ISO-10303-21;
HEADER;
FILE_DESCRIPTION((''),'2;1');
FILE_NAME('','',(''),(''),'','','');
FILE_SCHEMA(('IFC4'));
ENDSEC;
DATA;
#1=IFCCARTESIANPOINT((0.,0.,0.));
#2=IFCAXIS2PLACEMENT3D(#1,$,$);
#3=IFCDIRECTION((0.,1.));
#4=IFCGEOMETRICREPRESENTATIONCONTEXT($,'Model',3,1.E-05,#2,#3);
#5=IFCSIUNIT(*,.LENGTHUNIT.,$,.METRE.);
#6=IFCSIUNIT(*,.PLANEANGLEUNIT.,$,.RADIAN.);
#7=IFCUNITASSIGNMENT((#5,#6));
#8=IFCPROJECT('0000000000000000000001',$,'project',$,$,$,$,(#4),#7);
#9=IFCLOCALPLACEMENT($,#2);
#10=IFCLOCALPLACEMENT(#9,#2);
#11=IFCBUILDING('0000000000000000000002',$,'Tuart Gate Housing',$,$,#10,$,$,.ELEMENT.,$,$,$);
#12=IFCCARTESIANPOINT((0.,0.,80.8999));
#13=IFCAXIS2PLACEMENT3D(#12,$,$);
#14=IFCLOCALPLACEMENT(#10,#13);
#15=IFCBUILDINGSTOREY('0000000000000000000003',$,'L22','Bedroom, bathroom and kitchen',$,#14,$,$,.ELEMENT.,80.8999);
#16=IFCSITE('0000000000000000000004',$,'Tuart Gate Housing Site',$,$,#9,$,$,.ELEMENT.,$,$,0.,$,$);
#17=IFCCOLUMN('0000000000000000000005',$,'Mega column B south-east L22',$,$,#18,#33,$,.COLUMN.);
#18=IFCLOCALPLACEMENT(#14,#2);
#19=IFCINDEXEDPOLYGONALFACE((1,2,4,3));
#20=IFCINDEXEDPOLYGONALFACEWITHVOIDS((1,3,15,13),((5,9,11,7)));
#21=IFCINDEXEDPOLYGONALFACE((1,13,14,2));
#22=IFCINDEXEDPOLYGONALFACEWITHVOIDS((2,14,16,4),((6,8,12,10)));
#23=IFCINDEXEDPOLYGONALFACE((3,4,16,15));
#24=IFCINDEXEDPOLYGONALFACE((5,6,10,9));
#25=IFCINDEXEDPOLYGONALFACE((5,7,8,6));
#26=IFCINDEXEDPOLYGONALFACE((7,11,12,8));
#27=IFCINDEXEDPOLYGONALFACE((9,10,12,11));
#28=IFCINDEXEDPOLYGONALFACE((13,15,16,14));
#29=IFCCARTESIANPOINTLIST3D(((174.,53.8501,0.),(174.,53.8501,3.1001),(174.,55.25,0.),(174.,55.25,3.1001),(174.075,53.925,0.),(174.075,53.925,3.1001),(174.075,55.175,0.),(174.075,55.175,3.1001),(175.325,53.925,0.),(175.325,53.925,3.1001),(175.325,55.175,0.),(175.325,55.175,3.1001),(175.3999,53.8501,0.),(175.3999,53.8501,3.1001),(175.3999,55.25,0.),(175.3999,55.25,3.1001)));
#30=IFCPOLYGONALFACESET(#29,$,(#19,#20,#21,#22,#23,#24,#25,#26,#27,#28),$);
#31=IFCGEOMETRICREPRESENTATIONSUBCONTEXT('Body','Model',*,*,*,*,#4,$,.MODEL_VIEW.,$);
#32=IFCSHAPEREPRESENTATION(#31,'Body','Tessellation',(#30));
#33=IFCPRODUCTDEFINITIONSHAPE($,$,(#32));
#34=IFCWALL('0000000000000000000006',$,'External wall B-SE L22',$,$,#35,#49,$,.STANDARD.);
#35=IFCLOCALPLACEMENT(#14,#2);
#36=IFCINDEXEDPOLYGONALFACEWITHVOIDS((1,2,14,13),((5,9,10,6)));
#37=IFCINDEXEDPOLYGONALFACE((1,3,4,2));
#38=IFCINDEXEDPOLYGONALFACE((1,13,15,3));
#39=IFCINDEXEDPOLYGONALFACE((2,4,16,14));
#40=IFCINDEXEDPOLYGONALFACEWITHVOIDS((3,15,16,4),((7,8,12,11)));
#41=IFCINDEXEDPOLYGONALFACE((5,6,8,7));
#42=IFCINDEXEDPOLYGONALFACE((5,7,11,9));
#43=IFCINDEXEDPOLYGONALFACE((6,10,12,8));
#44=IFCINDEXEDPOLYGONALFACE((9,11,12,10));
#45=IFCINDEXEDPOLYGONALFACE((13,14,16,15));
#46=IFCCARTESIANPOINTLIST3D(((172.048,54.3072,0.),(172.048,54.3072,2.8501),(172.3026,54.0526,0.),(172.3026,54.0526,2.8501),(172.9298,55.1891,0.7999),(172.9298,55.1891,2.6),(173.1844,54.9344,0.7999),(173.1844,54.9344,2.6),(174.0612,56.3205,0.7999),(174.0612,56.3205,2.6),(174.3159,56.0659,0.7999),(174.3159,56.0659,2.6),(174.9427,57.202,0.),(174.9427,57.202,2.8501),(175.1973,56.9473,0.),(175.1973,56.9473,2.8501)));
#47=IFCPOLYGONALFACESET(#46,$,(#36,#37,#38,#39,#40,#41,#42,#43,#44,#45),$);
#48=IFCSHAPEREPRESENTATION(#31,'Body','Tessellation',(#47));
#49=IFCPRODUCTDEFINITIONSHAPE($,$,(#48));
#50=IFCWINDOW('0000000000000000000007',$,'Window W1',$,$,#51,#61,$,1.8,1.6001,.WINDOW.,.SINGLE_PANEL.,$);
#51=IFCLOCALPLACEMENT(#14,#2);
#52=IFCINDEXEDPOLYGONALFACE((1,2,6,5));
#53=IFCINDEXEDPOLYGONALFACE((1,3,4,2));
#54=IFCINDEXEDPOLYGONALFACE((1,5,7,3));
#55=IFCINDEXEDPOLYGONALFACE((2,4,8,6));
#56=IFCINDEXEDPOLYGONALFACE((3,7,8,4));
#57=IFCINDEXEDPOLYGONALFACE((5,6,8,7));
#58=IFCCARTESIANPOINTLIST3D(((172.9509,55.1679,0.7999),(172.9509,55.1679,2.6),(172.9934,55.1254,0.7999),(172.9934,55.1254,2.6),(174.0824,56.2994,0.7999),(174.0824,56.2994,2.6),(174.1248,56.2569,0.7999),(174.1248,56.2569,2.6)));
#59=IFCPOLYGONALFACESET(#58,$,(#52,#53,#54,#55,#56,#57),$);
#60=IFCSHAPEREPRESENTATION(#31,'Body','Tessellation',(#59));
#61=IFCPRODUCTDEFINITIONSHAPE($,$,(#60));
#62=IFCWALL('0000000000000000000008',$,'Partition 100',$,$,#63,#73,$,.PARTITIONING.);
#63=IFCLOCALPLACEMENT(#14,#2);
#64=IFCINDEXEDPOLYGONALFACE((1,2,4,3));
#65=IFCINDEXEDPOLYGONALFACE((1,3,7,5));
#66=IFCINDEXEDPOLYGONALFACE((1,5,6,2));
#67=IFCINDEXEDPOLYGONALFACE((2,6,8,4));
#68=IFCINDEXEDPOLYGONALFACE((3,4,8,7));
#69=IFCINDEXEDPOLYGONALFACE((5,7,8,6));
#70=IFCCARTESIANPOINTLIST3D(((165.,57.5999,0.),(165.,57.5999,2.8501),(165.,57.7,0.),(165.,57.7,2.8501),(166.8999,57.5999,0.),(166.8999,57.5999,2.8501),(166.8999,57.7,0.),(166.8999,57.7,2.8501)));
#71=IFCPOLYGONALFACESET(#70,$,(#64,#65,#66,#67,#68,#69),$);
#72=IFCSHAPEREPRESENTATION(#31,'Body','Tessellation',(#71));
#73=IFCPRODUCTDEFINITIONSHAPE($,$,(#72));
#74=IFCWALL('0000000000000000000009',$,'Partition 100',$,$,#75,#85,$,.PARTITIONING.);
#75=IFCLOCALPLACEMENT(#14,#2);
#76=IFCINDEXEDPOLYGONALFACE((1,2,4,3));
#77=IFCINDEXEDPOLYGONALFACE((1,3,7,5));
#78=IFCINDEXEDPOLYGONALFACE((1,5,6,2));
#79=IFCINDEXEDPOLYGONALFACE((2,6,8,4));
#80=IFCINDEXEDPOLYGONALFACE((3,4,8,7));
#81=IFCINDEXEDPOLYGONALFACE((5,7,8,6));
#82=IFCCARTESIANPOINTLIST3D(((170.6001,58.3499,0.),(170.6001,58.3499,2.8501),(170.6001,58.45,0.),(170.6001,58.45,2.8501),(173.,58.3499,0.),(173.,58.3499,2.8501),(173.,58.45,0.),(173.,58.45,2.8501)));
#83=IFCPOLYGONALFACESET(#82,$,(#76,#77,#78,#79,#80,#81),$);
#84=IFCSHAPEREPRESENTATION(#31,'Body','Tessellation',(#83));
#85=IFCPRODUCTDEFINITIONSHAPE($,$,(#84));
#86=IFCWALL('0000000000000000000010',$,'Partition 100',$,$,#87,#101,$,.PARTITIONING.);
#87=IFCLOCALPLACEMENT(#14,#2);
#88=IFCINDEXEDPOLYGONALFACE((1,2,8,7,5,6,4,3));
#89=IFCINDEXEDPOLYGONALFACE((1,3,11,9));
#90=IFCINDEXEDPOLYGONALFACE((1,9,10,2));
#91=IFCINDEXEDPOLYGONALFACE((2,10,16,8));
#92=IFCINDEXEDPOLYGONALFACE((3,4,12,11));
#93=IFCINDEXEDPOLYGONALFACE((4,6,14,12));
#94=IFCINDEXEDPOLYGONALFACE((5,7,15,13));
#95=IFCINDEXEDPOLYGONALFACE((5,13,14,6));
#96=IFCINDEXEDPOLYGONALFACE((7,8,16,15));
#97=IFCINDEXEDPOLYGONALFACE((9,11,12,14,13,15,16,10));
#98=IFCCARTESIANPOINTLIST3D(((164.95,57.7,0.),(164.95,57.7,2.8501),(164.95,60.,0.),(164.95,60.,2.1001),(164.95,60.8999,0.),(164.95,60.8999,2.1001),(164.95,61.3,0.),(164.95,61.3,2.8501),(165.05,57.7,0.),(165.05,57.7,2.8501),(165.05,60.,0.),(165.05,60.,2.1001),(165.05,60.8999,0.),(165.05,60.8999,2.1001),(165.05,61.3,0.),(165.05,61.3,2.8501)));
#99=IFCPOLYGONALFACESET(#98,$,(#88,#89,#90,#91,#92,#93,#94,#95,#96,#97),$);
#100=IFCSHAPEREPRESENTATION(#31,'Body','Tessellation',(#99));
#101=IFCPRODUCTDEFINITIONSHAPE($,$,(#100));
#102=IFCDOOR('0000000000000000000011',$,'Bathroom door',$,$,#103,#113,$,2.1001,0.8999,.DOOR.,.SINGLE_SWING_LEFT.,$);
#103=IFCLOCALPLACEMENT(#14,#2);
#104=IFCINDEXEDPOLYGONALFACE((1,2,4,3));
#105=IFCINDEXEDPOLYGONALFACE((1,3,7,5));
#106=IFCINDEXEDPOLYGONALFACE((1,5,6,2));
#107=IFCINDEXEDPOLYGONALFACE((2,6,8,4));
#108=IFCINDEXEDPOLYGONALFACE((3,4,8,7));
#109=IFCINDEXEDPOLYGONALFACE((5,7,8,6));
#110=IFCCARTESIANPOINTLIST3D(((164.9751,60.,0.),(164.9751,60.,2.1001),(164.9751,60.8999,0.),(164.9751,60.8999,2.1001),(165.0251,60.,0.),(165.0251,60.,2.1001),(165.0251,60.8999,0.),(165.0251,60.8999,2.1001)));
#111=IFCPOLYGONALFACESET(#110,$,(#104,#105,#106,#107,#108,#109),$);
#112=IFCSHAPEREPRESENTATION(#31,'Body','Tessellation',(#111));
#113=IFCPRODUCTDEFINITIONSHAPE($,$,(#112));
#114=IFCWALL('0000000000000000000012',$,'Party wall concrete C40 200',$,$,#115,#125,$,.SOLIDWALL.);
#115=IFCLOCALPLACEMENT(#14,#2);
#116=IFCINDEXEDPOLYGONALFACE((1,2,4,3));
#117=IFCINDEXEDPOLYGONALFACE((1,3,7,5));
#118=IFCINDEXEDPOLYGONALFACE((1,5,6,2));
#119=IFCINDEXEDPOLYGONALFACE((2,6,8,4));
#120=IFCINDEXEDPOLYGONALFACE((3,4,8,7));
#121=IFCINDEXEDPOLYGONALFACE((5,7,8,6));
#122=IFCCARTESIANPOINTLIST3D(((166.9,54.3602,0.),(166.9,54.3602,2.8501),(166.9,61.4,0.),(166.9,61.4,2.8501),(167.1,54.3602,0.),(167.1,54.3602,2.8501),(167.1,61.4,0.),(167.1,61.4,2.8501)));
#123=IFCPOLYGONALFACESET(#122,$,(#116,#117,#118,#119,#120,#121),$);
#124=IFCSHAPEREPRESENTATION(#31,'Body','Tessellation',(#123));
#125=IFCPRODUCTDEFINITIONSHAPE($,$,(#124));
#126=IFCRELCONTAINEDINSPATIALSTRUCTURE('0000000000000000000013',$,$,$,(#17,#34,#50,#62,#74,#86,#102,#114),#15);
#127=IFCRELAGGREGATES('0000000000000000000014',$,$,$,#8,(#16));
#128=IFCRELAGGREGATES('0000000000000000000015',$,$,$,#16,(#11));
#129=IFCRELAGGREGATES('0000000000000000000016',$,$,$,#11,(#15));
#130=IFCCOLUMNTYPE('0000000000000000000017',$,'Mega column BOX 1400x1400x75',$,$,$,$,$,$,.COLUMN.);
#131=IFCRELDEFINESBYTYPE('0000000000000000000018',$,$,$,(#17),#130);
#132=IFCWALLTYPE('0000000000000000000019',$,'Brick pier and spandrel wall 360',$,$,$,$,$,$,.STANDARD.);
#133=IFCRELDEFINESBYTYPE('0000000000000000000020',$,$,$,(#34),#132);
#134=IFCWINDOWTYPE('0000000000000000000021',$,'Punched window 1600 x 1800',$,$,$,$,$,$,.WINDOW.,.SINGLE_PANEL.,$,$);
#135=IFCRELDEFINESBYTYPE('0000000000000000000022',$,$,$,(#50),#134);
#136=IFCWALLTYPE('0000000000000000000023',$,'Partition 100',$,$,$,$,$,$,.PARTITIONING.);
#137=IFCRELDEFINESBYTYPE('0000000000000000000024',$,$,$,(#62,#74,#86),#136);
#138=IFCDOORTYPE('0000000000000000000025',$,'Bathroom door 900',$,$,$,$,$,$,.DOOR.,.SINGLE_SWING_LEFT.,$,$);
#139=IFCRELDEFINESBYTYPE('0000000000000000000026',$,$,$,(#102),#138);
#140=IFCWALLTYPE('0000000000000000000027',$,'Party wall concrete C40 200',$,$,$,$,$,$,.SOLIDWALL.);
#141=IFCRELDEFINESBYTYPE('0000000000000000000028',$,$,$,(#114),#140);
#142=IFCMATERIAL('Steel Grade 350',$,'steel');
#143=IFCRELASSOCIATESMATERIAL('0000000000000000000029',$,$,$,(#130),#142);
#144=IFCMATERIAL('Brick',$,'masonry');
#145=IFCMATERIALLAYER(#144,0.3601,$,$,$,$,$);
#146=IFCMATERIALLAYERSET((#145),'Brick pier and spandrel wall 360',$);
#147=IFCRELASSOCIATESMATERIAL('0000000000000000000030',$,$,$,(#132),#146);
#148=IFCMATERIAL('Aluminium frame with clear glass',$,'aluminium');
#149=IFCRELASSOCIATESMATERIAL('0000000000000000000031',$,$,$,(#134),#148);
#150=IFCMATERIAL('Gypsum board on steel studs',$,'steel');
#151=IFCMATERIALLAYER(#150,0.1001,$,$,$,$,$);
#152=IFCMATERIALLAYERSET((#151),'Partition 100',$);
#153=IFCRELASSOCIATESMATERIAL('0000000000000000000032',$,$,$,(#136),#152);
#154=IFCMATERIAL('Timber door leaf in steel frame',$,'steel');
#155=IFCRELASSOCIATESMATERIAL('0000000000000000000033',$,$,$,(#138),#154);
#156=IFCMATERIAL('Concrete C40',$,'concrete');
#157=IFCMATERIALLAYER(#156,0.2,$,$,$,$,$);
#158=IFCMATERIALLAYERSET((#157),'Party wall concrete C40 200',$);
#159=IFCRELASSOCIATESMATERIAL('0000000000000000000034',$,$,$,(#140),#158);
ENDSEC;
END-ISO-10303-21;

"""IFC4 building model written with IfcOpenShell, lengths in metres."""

from ifc_helpers import new_model, si_unit, direction, frame, frame_2d, origin, origin_2d, place, context, subcontext, project, spatial, rectangle, hollow_rectangle, extrude, material, layer, layer_set, material_profile, profile_set, type_object, element, fill, save


model = new_model("IFC4")

# Units and contexts
model_context = context("Model", 3, precision=1e-05, world=origin(), true_north=direction((0.0, 1.0)))
body_context = subcontext(model_context, "Body", "Model", "MODEL_VIEW")
ifc_project = project(units=[si_unit("LENGTHUNIT", "METRE"), si_unit("PLANEANGLEUNIT", "RADIAN")], contexts=[model_context])

# Site, building, storey
site_placement = place(None, origin())
site = spatial("IfcSite", under=ifc_project, at=site_placement, Name="Tuart Gate Housing Site", CompositionType="ELEMENT", RefElevation=0.0)
building_placement = place(site_placement, origin())
building = spatial("IfcBuilding", under=site, at=building_placement, Name="Tuart Gate Housing", CompositionType="ELEMENT")
storey_placement = place(building_placement, frame((0.0, 0.0, 80.8999)))
storey = spatial("IfcBuildingStorey", under=building, at=storey_placement, Name="L22", Description="Bedroom, bathroom and kitchen", CompositionType="ELEMENT", Elevation=80.8999)

# Column
ifc_material_1 = material(Name="Steel Grade 350", Category="steel")
ifc_material_profile = material_profile(ifc_material_1, hollow_rectangle(XDim=1.3999, YDim=1.3999, WallThickness=0.075, at=origin_2d()), Name="BOX 1400x1400x75")
ifc_profile_set = profile_set([ifc_material_profile], Name="Steel Grade 350")
column_type = type_object("IfcColumnType", Name="Mega column BOX 1400x1400x75", PredefinedType="COLUMN", material=ifc_profile_set)
column_placement = place(storey_placement, frame((174.7, 54.55, 0.0), z_axis=(0.0, 0.0, 1.0), x_axis=(1.0, 0.0, 0.0)))
element("IfcColumn", 1, at=column_placement, inside=storey, type_object=column_type, Name="Mega column B south-east L22", PredefinedType="COLUMN", context=body_context, shape_type="SweptSolid", body=[
    extrude(hollow_rectangle(XDim=1.3999, YDim=1.3999, WallThickness=0.075, at=origin_2d()), origin(), (0.0, 0.0, 1.0), 3.1001),
])

# Wall, opening, window
ifc_material_2 = material(Name="Brick", Category="masonry")
ifc_layer_1 = layer(ifc_material_2, 0.3601)
ifc_layer_set_1 = layer_set([ifc_layer_1], Name="Brick pier and spandrel wall 360")
wall_type_1 = type_object("IfcWallType", Name="Brick pier and spandrel wall 360", PredefinedType="STANDARD", material=ifc_layer_set_1)
wall_1_placement = place(storey_placement, frame((172.1753, 54.1799, 0.0), z_axis=(0.0, 0.0, 1.0), x_axis=(0.707107, 0.707107, 0.0)))
wall_1 = element("IfcWall", 2, at=wall_1_placement, inside=storey, type_object=wall_type_1, Name="External wall B-SE L22", PredefinedType="STANDARD", context=body_context, shape_type="SweptSolid", body=[
    extrude(rectangle(XDim=4.0938, YDim=0.3601, at=frame_2d((2.0469, 0.0))), origin(), (0.0, 0.0, 1.0), 2.8501),
])
opening_1_placement = place(wall_1_placement, frame((1.2471, 0.0, 0.8)))
opening_1 = element("IfcOpeningElement", 3, at=opening_1_placement, cuts=wall_1, PredefinedType="OPENING", context=body_context, shape_type="SweptSolid", body=[
    extrude(rectangle(XDim=1.6001, YDim=1.8, at=frame_2d((0.8, 0.8999))), frame((0.0, 0.1899, 0.0), z_axis=(0.0, -1.0, 0.0), x_axis=(1.0, 0.0, 0.0)), (0.0, 0.0, 1.0), 0.3801),
])
ifc_material_3 = material(Name="Aluminium frame with clear glass", Category="aluminium")
window_type_1 = type_object("IfcWindowType", Name="Punched window 1600 x 1800", PartitioningType="SINGLE_PANEL", PredefinedType="WINDOW", material=ifc_material_3)
window_1_placement = place(opening_1_placement, origin())
window_1 = element("IfcWindow", 4, at=window_1_placement, inside=storey, type_object=window_type_1, Name="Window W1", OverallHeight=1.8, OverallWidth=1.6001, PartitioningType="SINGLE_PANEL", PredefinedType="WINDOW", context=body_context, shape_type="SweptSolid", body=[
    extrude(rectangle(XDim=1.6001, YDim=1.8, at=frame_2d((0.8, 0.8999))), frame((0.0, 0.1501, 0.0), z_axis=(0.0, -1.0, 0.0), x_axis=(1.0, 0.0, 0.0)), (0.0, 0.0, 1.0), 0.0601),
])
fill(opening_1, window_1)

# Walls
ifc_material_4 = material(Name="Gypsum board on steel studs", Category="steel")
ifc_layer_2 = layer(ifc_material_4, 0.1001)
ifc_layer_set_2 = layer_set([ifc_layer_2], Name="Partition 100")
wall_type_2 = type_object("IfcWallType", Name="Partition 100", PredefinedType="PARTITIONING", material=ifc_layer_set_2)
wall_2_placement = place(storey_placement, frame((165.0, 57.6499, 0.0), z_axis=(0.0, 0.0, 1.0), x_axis=(1.0, 0.0, 0.0)))
element("IfcWall", 5, at=wall_2_placement, inside=storey, type_object=wall_type_2, Name="Partition 100", PredefinedType="PARTITIONING", context=body_context, shape_type="SweptSolid", body=[
    extrude(rectangle(XDim=1.8999, YDim=0.1001, at=frame_2d((0.95, 0.0))), origin(), (0.0, 0.0, 1.0), 2.8501),
])
wall_3_placement = place(storey_placement, frame((170.6001, 58.3999, 0.0), z_axis=(0.0, 0.0, 1.0), x_axis=(1.0, 0.0, 0.0)))
element("IfcWall", 6, at=wall_3_placement, inside=storey, type_object=wall_type_2, Name="Partition 100", PredefinedType="PARTITIONING", context=body_context, shape_type="SweptSolid", body=[
    extrude(rectangle(XDim=2.3999, YDim=0.1001, at=frame_2d((1.2, 0.0))), origin(), (0.0, 0.0, 1.0), 2.8501),
])

# Wall, opening, door
wall_4_placement = place(storey_placement, frame((165.0, 57.7, 0.0), z_axis=(0.0, 0.0, 1.0), x_axis=(0.0, 1.0, 0.0)))
wall_4 = element("IfcWall", 7, at=wall_4_placement, inside=storey, type_object=wall_type_2, Name="Partition 100", PredefinedType="PARTITIONING", context=body_context, shape_type="SweptSolid", body=[
    extrude(rectangle(XDim=3.6001, YDim=0.1001, at=frame_2d((1.8, 0.0))), origin(), (0.0, 0.0, 1.0), 2.8501),
])
opening_2_placement = place(wall_4_placement, frame((2.3, 0.0, 0.0)))
opening_2 = element("IfcOpeningElement", 8, at=opening_2_placement, cuts=wall_4, PredefinedType="OPENING", context=body_context, shape_type="SweptSolid", body=[
    extrude(rectangle(XDim=0.8999, YDim=2.1001, at=frame_2d((0.45, 1.05))), frame((0.0, 0.0601, 0.0), z_axis=(0.0, -1.0, 0.0), x_axis=(1.0, 0.0, 0.0)), (0.0, 0.0, 1.0), 0.1201),
])
ifc_material_5 = material(Name="Timber door leaf in steel frame", Category="steel")
door_type = type_object("IfcDoorType", Name="Bathroom door 900", OperationType="SINGLE_SWING_LEFT", PredefinedType="DOOR", material=ifc_material_5)
door_placement = place(opening_2_placement, frame((0.8999, 0.0, 0.0), z_axis=(0.0, 0.0, 1.0), x_axis=(-1.0, 0.0, 0.0)))
door = element("IfcDoor", 9, at=door_placement, inside=storey, type_object=door_type, Name="Bathroom door", OperationType="SINGLE_SWING_LEFT", OverallHeight=2.1001, OverallWidth=0.8999, PredefinedType="DOOR", context=body_context, shape_type="SweptSolid", body=[
    extrude(rectangle(XDim=0.8999, YDim=2.1001, at=frame_2d((0.45, 1.05))), frame((0.0, 0.0251, 0.0), z_axis=(0.0, -1.0, 0.0), x_axis=(1.0, 0.0, 0.0)), (0.0, 0.0, 1.0), 0.05),
])
fill(opening_2, door)

# Wall
ifc_material_6 = material(Name="Concrete C40", Category="concrete")
ifc_layer_3 = layer(ifc_material_6, 0.2)
ifc_layer_set_3 = layer_set([ifc_layer_3], Name="Party wall concrete C40 200")
wall_type_3 = type_object("IfcWallType", Name="Party wall concrete C40 200", PredefinedType="SOLIDWALL", material=ifc_layer_set_3)
wall_5_placement = place(storey_placement, frame((167.0, 54.3601, 0.0), z_axis=(0.0, 0.0, 1.0), x_axis=(0.0, 1.0, 0.0)))
element("IfcWall", 10, at=wall_5_placement, inside=storey, type_object=wall_type_3, Name="Party wall concrete C40 200", PredefinedType="SOLIDWALL", context=body_context, shape_type="SweptSolid", body=[
    extrude(rectangle(XDim=7.0398, YDim=0.2, at=frame_2d((3.52, 0.0))), origin(), (0.0, 0.0, 1.0), 2.8501),
])

save(model, "model.ifc")
